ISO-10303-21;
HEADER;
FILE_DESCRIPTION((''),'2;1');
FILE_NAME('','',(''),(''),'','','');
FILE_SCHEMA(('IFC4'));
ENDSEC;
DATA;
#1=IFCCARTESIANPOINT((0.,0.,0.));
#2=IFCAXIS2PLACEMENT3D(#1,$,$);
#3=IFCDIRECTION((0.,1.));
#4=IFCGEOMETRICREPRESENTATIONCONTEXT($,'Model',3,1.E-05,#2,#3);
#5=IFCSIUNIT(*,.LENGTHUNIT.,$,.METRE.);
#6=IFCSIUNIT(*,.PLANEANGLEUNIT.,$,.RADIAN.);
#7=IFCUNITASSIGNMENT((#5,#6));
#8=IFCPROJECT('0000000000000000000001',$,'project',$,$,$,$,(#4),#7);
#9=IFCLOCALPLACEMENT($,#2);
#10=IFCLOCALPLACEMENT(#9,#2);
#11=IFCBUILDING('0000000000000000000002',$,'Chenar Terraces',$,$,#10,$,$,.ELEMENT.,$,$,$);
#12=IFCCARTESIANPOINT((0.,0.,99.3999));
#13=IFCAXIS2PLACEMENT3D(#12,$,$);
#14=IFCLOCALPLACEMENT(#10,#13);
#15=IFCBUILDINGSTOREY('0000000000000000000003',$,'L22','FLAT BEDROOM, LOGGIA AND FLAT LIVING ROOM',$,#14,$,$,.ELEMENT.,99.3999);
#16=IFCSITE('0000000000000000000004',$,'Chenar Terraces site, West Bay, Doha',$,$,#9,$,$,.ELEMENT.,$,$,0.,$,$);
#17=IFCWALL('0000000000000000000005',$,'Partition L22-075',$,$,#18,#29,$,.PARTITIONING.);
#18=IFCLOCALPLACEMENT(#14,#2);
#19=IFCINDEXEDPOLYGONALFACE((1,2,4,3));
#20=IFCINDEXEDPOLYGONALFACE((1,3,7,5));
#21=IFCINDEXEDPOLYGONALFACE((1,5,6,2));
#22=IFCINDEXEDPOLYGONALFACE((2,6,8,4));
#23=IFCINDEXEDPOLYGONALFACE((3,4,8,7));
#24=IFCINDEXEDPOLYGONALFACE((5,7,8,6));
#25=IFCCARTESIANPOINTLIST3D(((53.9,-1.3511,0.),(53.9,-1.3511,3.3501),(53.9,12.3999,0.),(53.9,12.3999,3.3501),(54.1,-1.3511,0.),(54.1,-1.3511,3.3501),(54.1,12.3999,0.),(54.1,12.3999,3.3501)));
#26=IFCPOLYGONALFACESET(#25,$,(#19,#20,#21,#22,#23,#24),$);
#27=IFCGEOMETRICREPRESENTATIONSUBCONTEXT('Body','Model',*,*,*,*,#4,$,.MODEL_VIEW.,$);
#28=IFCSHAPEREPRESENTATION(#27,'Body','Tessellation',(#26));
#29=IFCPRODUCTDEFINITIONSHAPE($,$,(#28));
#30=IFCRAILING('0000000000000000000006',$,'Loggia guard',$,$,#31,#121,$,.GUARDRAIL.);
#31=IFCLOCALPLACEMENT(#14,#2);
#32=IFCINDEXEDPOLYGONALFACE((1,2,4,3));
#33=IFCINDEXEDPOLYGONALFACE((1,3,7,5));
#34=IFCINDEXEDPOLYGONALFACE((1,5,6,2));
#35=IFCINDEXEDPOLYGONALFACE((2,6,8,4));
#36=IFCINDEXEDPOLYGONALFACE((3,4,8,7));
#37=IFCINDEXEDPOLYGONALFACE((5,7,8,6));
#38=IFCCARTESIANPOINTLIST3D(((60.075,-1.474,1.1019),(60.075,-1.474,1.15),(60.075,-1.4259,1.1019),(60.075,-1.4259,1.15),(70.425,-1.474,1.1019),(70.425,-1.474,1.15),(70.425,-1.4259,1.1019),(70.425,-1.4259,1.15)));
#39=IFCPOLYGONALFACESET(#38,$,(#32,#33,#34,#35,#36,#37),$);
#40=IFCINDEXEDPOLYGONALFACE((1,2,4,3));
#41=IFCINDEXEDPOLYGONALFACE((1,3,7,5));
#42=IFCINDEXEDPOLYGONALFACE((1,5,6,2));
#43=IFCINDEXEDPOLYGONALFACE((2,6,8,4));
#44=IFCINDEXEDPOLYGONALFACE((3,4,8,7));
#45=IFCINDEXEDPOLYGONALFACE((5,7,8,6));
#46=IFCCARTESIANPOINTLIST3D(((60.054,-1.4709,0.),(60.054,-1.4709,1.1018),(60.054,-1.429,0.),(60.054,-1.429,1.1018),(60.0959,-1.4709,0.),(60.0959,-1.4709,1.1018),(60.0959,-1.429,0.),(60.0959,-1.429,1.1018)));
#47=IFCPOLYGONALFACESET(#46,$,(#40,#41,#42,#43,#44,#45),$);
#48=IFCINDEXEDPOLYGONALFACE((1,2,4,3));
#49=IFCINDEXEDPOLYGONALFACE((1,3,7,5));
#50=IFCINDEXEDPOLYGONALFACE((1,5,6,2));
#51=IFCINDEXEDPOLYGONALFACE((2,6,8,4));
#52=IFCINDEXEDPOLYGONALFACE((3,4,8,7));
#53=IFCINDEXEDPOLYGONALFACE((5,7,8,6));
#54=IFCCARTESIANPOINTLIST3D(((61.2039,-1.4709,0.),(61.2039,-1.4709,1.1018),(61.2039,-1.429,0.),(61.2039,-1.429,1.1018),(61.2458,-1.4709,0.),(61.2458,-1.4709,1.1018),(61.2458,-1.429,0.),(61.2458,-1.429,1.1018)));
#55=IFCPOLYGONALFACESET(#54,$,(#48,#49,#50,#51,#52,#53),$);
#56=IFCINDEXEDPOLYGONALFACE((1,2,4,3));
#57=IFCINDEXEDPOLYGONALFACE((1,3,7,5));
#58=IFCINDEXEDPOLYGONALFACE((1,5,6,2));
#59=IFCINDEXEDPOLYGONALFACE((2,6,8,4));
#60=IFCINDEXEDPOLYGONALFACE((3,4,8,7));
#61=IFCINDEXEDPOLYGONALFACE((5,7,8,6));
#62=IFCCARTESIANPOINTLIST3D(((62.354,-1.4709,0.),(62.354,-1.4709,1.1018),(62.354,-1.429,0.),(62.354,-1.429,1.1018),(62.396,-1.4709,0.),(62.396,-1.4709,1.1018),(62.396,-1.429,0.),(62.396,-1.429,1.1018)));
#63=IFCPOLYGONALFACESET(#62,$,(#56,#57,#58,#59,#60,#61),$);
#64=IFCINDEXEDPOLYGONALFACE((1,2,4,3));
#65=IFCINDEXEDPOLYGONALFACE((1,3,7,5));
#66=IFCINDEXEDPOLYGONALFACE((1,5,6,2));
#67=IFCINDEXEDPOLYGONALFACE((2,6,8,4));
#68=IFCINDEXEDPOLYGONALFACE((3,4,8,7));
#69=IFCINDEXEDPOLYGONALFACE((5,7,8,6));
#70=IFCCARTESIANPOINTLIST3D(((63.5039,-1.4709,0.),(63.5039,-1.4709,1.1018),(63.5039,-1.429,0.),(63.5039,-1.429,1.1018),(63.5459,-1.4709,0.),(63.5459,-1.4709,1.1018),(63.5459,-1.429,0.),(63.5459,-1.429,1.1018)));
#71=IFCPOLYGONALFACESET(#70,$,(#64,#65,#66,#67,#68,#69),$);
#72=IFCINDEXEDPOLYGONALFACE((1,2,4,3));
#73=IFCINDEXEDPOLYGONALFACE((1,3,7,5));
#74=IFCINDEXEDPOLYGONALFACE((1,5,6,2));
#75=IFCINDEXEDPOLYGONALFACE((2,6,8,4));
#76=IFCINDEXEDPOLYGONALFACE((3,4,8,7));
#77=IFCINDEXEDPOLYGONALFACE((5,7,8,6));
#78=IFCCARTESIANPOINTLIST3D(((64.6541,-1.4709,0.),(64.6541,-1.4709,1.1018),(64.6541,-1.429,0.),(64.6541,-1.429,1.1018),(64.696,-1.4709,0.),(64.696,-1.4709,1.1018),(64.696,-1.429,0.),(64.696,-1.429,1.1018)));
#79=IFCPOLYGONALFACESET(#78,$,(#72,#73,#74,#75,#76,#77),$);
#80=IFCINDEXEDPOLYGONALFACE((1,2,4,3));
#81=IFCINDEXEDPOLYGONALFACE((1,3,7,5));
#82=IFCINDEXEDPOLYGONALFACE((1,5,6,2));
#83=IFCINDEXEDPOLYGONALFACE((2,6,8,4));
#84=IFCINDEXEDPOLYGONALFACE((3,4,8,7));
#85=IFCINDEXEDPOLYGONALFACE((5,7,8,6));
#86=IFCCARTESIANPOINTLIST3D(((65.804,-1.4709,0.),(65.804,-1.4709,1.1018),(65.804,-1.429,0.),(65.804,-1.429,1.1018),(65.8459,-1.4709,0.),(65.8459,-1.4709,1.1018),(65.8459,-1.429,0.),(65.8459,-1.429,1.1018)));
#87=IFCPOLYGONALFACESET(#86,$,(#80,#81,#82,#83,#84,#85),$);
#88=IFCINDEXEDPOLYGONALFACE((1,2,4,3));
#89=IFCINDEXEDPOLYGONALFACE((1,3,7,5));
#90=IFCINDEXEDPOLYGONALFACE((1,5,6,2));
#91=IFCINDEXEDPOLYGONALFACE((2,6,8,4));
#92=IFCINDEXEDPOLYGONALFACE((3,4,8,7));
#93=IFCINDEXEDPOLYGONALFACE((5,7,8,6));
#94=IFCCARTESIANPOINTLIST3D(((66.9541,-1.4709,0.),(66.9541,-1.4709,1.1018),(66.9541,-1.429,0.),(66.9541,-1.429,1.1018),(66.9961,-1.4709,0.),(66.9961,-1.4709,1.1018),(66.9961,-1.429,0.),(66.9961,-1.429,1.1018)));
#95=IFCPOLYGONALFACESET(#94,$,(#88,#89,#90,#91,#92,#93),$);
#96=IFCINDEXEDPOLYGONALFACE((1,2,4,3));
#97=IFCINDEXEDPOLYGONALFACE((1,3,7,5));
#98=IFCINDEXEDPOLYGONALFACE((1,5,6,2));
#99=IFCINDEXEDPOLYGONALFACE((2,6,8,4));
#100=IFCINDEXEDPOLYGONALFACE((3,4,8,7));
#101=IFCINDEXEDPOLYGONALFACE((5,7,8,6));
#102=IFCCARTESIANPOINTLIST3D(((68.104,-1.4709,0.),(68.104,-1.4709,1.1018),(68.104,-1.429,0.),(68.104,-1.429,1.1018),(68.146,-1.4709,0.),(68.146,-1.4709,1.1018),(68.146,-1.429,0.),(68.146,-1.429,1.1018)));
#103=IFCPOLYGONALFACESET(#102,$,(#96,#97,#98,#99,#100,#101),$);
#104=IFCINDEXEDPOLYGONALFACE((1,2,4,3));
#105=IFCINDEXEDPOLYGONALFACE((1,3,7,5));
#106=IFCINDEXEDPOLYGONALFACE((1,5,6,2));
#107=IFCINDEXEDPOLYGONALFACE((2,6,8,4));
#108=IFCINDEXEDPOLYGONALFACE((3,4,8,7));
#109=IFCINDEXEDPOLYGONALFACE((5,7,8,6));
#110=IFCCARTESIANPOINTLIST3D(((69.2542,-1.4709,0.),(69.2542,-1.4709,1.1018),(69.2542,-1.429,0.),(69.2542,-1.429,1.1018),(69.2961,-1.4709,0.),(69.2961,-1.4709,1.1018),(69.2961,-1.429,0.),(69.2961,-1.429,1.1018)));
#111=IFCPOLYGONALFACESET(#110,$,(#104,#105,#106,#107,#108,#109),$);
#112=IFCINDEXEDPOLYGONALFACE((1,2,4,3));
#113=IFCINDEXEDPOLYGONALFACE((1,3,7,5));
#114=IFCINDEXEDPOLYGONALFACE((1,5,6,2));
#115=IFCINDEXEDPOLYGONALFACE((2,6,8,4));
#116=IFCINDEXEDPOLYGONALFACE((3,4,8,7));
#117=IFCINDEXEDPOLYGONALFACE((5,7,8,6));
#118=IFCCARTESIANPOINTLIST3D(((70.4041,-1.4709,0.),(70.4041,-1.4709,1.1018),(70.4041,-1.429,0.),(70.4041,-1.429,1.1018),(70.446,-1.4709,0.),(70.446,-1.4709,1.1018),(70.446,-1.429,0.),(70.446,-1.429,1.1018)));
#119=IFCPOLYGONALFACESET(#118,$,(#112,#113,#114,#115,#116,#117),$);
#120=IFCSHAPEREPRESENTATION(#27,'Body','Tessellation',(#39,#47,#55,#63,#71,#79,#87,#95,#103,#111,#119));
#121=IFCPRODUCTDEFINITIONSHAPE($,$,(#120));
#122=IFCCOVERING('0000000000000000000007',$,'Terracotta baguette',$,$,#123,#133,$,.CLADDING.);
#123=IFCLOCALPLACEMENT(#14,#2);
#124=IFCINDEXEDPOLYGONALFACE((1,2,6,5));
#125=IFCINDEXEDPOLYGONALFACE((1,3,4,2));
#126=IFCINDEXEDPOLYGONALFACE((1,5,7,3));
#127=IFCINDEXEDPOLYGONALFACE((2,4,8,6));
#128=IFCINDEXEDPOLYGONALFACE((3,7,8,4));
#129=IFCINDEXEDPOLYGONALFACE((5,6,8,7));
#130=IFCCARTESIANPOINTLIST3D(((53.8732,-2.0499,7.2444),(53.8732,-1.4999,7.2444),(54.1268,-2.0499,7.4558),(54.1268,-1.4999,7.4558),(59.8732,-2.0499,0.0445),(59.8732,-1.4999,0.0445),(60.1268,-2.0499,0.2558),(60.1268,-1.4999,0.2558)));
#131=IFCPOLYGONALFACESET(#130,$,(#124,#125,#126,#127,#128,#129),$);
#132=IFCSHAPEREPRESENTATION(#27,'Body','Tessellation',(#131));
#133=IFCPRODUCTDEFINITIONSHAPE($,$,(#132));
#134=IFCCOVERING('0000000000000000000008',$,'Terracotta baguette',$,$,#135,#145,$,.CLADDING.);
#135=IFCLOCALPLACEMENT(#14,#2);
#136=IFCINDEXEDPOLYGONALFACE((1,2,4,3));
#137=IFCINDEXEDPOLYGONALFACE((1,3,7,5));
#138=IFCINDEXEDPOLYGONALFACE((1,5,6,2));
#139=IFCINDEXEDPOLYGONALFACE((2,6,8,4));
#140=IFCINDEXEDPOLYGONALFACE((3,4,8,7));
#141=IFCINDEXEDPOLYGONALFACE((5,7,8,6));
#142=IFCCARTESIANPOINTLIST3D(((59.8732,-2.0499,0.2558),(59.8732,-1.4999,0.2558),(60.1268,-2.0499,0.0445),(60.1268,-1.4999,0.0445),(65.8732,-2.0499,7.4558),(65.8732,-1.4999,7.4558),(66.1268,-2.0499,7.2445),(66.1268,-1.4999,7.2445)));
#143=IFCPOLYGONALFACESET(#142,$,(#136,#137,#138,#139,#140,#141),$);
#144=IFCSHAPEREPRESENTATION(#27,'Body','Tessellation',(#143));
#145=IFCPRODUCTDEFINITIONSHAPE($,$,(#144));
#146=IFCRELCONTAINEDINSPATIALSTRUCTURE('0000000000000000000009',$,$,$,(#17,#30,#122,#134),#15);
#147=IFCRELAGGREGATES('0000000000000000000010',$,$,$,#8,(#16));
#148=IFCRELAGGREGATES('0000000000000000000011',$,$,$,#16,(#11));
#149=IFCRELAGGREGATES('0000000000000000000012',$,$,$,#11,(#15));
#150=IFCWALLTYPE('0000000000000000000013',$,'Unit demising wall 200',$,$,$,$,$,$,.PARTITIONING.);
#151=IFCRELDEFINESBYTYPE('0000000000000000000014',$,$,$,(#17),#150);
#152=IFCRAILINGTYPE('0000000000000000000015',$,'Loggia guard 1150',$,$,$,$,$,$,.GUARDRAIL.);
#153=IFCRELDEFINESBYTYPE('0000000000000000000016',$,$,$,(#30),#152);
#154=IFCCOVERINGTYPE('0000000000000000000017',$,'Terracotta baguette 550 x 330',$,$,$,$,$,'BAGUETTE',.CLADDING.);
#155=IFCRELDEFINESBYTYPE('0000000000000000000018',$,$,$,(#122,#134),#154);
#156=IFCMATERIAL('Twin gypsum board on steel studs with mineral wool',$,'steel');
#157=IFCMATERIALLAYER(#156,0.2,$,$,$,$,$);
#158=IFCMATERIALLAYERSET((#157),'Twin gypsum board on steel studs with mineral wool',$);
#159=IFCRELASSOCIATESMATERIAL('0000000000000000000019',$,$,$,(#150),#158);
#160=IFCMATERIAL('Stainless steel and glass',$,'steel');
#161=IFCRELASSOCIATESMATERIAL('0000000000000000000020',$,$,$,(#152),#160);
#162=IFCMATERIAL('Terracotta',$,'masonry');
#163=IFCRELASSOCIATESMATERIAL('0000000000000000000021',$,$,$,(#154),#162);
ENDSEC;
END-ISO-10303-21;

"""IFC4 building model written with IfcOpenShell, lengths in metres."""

from ifc_helpers import new_model, si_unit, direction, frame, frame_2d, origin, origin_2d, place, context, subcontext, project, spatial, rectangle, extrude, material, layer, layer_set, material_profile, profile_set, type_object, element, save


model = new_model("IFC4")

# Units and contexts
model_context = context("Model", 3, precision=1e-05, world=origin(), true_north=direction((0.0, 1.0)))
body_context = subcontext(model_context, "Body", "Model", "MODEL_VIEW")
ifc_project = project(units=[si_unit("LENGTHUNIT", "METRE"), si_unit("PLANEANGLEUNIT", "RADIAN")], contexts=[model_context])

# Site, building, storey
site_placement = place(None, origin())
site = spatial("IfcSite", under=ifc_project, at=site_placement, Name="Chenar Terraces site, West Bay, Doha", CompositionType="ELEMENT", RefElevation=0.0)
building_placement = place(site_placement, origin())
building = spatial("IfcBuilding", under=site, at=building_placement, Name="Chenar Terraces", CompositionType="ELEMENT")
storey_placement = place(building_placement, frame((0.0, 0.0, 99.3999)))
storey = spatial("IfcBuildingStorey", under=building, at=storey_placement, Name="L22", Description="FLAT BEDROOM, LOGGIA AND FLAT LIVING ROOM", CompositionType="ELEMENT", Elevation=99.3999)

# Wall
ifc_material_1 = material(Name="Twin gypsum board on steel studs with mineral wool", Category="steel")
ifc_layer_1 = layer(ifc_material_1, 0.2)
ifc_layer_set_1 = layer_set([ifc_layer_1], Name="Twin gypsum board on steel studs with mineral wool")
wall_type_1 = type_object("IfcWallType", Name="Unit demising wall 200", PredefinedType="PARTITIONING", material=ifc_layer_set_1)
wall_1_placement = place(storey_placement, frame((54.0, -1.3511, 0.0), z_axis=(0.0, 0.0, 1.0), x_axis=(0.0, 1.0, 0.0)))
element("IfcWall", 1, at=wall_1_placement, inside=storey, type_object=wall_type_1, Name="Partition L22-075", PredefinedType="PARTITIONING", context=body_context, shape_type="SweptSolid", body=[
    extrude(rectangle(XDim=13.751, YDim=0.2, at=frame_2d((6.8755, 0.0))), origin(), (0.0, 0.0, 1.0), 3.3501),
])

# Railing
ifc_material_2 = material(Name="Stainless steel and glass", Category="steel")
railing_type = type_object("IfcRailingType", Name="Loggia guard 1150", PredefinedType="GUARDRAIL", material=ifc_material_2)
railing_placement = place(storey_placement, frame((60.075, -1.45, 0.0)))
element("IfcRailing", 2, at=railing_placement, inside=storey, type_object=railing_type, Name="Loggia guard", PredefinedType="GUARDRAIL", context=body_context, shape_type="SweptSolid", body=[
    extrude(rectangle(XDim=0.0481, YDim=0.0481, at=origin_2d()), frame((0.0, 0.0, 1.126), z_axis=(1.0, 0.0, 0.0), x_axis=(0.0, 1.0, 0.0)), (0.0, 0.0, 1.0), 10.3501),
    extrude(rectangle(XDim=0.042, YDim=0.042, at=origin_2d()), origin(), (0.0, 0.0, 1.0), 1.1018),
    extrude(rectangle(XDim=0.042, YDim=0.042, at=origin_2d()), frame((1.1499, 0.0, 0.0)), (0.0, 0.0, 1.0), 1.1018),
    extrude(rectangle(XDim=0.042, YDim=0.042, at=origin_2d()), frame((2.3, 0.0, 0.0)), (0.0, 0.0, 1.0), 1.1018),
    extrude(rectangle(XDim=0.042, YDim=0.042, at=origin_2d()), frame((3.45, 0.0, 0.0)), (0.0, 0.0, 1.0), 1.1018),
    extrude(rectangle(XDim=0.042, YDim=0.042, at=origin_2d()), frame((4.6001, 0.0, 0.0)), (0.0, 0.0, 1.0), 1.1018),
    extrude(rectangle(XDim=0.042, YDim=0.042, at=origin_2d()), frame((5.75, 0.0, 0.0)), (0.0, 0.0, 1.0), 1.1018),
    extrude(rectangle(XDim=0.042, YDim=0.042, at=origin_2d()), frame((6.9001, 0.0, 0.0)), (0.0, 0.0, 1.0), 1.1018),
    extrude(rectangle(XDim=0.042, YDim=0.042, at=origin_2d()), frame((8.05, 0.0, 0.0)), (0.0, 0.0, 1.0), 1.1018),
    extrude(rectangle(XDim=0.042, YDim=0.042, at=origin_2d()), frame((9.2002, 0.0, 0.0)), (0.0, 0.0, 1.0), 1.1018),
    extrude(rectangle(XDim=0.042, YDim=0.042, at=origin_2d()), frame((10.3501, 0.0, 0.0)), (0.0, 0.0, 1.0), 1.1018),
])

# Coverings
ifc_material_3 = material(Name="Terracotta", Category="masonry")
ifc_material_profile_1 = material_profile(ifc_material_3, rectangle(XDim=0.55, YDim=0.3301, at=origin_2d()), Name="Terracotta baguette 550 x 330")
ifc_profile_set_1 = profile_set([ifc_material_profile_1], Name="Terracotta")
covering_type = type_object("IfcCoveringType", Name="Terracotta baguette 550 x 330", ElementType="BAGUETTE", PredefinedType="CLADDING", material=ifc_profile_set_1)
for number, where, z_axis, x_axis, name in (
    (3, (54.0, -1.7749, 7.3501), (0.640187, 0.0, -0.768219), (0.0, 1.0, 0.0), "Terracotta baguette"),
    (4, (60.0, -1.7749, 0.1501), (0.640187, 0.0, 0.768219), (0.0, 1.0, 0.0), "Terracotta baguette"),
):
    element("IfcCovering", number, at=place(storey_placement, frame(where, z_axis=z_axis, x_axis=x_axis)), inside=storey, type_object=covering_type, Name=name, PredefinedType="CLADDING", context=body_context, shape_type="SweptSolid", body=[
        extrude(rectangle(XDim=0.55, YDim=0.3301, at=origin_2d()), origin(), (0.0, 0.0, 1.0), 9.3723),
    ])

save(model, "model.ifc")
